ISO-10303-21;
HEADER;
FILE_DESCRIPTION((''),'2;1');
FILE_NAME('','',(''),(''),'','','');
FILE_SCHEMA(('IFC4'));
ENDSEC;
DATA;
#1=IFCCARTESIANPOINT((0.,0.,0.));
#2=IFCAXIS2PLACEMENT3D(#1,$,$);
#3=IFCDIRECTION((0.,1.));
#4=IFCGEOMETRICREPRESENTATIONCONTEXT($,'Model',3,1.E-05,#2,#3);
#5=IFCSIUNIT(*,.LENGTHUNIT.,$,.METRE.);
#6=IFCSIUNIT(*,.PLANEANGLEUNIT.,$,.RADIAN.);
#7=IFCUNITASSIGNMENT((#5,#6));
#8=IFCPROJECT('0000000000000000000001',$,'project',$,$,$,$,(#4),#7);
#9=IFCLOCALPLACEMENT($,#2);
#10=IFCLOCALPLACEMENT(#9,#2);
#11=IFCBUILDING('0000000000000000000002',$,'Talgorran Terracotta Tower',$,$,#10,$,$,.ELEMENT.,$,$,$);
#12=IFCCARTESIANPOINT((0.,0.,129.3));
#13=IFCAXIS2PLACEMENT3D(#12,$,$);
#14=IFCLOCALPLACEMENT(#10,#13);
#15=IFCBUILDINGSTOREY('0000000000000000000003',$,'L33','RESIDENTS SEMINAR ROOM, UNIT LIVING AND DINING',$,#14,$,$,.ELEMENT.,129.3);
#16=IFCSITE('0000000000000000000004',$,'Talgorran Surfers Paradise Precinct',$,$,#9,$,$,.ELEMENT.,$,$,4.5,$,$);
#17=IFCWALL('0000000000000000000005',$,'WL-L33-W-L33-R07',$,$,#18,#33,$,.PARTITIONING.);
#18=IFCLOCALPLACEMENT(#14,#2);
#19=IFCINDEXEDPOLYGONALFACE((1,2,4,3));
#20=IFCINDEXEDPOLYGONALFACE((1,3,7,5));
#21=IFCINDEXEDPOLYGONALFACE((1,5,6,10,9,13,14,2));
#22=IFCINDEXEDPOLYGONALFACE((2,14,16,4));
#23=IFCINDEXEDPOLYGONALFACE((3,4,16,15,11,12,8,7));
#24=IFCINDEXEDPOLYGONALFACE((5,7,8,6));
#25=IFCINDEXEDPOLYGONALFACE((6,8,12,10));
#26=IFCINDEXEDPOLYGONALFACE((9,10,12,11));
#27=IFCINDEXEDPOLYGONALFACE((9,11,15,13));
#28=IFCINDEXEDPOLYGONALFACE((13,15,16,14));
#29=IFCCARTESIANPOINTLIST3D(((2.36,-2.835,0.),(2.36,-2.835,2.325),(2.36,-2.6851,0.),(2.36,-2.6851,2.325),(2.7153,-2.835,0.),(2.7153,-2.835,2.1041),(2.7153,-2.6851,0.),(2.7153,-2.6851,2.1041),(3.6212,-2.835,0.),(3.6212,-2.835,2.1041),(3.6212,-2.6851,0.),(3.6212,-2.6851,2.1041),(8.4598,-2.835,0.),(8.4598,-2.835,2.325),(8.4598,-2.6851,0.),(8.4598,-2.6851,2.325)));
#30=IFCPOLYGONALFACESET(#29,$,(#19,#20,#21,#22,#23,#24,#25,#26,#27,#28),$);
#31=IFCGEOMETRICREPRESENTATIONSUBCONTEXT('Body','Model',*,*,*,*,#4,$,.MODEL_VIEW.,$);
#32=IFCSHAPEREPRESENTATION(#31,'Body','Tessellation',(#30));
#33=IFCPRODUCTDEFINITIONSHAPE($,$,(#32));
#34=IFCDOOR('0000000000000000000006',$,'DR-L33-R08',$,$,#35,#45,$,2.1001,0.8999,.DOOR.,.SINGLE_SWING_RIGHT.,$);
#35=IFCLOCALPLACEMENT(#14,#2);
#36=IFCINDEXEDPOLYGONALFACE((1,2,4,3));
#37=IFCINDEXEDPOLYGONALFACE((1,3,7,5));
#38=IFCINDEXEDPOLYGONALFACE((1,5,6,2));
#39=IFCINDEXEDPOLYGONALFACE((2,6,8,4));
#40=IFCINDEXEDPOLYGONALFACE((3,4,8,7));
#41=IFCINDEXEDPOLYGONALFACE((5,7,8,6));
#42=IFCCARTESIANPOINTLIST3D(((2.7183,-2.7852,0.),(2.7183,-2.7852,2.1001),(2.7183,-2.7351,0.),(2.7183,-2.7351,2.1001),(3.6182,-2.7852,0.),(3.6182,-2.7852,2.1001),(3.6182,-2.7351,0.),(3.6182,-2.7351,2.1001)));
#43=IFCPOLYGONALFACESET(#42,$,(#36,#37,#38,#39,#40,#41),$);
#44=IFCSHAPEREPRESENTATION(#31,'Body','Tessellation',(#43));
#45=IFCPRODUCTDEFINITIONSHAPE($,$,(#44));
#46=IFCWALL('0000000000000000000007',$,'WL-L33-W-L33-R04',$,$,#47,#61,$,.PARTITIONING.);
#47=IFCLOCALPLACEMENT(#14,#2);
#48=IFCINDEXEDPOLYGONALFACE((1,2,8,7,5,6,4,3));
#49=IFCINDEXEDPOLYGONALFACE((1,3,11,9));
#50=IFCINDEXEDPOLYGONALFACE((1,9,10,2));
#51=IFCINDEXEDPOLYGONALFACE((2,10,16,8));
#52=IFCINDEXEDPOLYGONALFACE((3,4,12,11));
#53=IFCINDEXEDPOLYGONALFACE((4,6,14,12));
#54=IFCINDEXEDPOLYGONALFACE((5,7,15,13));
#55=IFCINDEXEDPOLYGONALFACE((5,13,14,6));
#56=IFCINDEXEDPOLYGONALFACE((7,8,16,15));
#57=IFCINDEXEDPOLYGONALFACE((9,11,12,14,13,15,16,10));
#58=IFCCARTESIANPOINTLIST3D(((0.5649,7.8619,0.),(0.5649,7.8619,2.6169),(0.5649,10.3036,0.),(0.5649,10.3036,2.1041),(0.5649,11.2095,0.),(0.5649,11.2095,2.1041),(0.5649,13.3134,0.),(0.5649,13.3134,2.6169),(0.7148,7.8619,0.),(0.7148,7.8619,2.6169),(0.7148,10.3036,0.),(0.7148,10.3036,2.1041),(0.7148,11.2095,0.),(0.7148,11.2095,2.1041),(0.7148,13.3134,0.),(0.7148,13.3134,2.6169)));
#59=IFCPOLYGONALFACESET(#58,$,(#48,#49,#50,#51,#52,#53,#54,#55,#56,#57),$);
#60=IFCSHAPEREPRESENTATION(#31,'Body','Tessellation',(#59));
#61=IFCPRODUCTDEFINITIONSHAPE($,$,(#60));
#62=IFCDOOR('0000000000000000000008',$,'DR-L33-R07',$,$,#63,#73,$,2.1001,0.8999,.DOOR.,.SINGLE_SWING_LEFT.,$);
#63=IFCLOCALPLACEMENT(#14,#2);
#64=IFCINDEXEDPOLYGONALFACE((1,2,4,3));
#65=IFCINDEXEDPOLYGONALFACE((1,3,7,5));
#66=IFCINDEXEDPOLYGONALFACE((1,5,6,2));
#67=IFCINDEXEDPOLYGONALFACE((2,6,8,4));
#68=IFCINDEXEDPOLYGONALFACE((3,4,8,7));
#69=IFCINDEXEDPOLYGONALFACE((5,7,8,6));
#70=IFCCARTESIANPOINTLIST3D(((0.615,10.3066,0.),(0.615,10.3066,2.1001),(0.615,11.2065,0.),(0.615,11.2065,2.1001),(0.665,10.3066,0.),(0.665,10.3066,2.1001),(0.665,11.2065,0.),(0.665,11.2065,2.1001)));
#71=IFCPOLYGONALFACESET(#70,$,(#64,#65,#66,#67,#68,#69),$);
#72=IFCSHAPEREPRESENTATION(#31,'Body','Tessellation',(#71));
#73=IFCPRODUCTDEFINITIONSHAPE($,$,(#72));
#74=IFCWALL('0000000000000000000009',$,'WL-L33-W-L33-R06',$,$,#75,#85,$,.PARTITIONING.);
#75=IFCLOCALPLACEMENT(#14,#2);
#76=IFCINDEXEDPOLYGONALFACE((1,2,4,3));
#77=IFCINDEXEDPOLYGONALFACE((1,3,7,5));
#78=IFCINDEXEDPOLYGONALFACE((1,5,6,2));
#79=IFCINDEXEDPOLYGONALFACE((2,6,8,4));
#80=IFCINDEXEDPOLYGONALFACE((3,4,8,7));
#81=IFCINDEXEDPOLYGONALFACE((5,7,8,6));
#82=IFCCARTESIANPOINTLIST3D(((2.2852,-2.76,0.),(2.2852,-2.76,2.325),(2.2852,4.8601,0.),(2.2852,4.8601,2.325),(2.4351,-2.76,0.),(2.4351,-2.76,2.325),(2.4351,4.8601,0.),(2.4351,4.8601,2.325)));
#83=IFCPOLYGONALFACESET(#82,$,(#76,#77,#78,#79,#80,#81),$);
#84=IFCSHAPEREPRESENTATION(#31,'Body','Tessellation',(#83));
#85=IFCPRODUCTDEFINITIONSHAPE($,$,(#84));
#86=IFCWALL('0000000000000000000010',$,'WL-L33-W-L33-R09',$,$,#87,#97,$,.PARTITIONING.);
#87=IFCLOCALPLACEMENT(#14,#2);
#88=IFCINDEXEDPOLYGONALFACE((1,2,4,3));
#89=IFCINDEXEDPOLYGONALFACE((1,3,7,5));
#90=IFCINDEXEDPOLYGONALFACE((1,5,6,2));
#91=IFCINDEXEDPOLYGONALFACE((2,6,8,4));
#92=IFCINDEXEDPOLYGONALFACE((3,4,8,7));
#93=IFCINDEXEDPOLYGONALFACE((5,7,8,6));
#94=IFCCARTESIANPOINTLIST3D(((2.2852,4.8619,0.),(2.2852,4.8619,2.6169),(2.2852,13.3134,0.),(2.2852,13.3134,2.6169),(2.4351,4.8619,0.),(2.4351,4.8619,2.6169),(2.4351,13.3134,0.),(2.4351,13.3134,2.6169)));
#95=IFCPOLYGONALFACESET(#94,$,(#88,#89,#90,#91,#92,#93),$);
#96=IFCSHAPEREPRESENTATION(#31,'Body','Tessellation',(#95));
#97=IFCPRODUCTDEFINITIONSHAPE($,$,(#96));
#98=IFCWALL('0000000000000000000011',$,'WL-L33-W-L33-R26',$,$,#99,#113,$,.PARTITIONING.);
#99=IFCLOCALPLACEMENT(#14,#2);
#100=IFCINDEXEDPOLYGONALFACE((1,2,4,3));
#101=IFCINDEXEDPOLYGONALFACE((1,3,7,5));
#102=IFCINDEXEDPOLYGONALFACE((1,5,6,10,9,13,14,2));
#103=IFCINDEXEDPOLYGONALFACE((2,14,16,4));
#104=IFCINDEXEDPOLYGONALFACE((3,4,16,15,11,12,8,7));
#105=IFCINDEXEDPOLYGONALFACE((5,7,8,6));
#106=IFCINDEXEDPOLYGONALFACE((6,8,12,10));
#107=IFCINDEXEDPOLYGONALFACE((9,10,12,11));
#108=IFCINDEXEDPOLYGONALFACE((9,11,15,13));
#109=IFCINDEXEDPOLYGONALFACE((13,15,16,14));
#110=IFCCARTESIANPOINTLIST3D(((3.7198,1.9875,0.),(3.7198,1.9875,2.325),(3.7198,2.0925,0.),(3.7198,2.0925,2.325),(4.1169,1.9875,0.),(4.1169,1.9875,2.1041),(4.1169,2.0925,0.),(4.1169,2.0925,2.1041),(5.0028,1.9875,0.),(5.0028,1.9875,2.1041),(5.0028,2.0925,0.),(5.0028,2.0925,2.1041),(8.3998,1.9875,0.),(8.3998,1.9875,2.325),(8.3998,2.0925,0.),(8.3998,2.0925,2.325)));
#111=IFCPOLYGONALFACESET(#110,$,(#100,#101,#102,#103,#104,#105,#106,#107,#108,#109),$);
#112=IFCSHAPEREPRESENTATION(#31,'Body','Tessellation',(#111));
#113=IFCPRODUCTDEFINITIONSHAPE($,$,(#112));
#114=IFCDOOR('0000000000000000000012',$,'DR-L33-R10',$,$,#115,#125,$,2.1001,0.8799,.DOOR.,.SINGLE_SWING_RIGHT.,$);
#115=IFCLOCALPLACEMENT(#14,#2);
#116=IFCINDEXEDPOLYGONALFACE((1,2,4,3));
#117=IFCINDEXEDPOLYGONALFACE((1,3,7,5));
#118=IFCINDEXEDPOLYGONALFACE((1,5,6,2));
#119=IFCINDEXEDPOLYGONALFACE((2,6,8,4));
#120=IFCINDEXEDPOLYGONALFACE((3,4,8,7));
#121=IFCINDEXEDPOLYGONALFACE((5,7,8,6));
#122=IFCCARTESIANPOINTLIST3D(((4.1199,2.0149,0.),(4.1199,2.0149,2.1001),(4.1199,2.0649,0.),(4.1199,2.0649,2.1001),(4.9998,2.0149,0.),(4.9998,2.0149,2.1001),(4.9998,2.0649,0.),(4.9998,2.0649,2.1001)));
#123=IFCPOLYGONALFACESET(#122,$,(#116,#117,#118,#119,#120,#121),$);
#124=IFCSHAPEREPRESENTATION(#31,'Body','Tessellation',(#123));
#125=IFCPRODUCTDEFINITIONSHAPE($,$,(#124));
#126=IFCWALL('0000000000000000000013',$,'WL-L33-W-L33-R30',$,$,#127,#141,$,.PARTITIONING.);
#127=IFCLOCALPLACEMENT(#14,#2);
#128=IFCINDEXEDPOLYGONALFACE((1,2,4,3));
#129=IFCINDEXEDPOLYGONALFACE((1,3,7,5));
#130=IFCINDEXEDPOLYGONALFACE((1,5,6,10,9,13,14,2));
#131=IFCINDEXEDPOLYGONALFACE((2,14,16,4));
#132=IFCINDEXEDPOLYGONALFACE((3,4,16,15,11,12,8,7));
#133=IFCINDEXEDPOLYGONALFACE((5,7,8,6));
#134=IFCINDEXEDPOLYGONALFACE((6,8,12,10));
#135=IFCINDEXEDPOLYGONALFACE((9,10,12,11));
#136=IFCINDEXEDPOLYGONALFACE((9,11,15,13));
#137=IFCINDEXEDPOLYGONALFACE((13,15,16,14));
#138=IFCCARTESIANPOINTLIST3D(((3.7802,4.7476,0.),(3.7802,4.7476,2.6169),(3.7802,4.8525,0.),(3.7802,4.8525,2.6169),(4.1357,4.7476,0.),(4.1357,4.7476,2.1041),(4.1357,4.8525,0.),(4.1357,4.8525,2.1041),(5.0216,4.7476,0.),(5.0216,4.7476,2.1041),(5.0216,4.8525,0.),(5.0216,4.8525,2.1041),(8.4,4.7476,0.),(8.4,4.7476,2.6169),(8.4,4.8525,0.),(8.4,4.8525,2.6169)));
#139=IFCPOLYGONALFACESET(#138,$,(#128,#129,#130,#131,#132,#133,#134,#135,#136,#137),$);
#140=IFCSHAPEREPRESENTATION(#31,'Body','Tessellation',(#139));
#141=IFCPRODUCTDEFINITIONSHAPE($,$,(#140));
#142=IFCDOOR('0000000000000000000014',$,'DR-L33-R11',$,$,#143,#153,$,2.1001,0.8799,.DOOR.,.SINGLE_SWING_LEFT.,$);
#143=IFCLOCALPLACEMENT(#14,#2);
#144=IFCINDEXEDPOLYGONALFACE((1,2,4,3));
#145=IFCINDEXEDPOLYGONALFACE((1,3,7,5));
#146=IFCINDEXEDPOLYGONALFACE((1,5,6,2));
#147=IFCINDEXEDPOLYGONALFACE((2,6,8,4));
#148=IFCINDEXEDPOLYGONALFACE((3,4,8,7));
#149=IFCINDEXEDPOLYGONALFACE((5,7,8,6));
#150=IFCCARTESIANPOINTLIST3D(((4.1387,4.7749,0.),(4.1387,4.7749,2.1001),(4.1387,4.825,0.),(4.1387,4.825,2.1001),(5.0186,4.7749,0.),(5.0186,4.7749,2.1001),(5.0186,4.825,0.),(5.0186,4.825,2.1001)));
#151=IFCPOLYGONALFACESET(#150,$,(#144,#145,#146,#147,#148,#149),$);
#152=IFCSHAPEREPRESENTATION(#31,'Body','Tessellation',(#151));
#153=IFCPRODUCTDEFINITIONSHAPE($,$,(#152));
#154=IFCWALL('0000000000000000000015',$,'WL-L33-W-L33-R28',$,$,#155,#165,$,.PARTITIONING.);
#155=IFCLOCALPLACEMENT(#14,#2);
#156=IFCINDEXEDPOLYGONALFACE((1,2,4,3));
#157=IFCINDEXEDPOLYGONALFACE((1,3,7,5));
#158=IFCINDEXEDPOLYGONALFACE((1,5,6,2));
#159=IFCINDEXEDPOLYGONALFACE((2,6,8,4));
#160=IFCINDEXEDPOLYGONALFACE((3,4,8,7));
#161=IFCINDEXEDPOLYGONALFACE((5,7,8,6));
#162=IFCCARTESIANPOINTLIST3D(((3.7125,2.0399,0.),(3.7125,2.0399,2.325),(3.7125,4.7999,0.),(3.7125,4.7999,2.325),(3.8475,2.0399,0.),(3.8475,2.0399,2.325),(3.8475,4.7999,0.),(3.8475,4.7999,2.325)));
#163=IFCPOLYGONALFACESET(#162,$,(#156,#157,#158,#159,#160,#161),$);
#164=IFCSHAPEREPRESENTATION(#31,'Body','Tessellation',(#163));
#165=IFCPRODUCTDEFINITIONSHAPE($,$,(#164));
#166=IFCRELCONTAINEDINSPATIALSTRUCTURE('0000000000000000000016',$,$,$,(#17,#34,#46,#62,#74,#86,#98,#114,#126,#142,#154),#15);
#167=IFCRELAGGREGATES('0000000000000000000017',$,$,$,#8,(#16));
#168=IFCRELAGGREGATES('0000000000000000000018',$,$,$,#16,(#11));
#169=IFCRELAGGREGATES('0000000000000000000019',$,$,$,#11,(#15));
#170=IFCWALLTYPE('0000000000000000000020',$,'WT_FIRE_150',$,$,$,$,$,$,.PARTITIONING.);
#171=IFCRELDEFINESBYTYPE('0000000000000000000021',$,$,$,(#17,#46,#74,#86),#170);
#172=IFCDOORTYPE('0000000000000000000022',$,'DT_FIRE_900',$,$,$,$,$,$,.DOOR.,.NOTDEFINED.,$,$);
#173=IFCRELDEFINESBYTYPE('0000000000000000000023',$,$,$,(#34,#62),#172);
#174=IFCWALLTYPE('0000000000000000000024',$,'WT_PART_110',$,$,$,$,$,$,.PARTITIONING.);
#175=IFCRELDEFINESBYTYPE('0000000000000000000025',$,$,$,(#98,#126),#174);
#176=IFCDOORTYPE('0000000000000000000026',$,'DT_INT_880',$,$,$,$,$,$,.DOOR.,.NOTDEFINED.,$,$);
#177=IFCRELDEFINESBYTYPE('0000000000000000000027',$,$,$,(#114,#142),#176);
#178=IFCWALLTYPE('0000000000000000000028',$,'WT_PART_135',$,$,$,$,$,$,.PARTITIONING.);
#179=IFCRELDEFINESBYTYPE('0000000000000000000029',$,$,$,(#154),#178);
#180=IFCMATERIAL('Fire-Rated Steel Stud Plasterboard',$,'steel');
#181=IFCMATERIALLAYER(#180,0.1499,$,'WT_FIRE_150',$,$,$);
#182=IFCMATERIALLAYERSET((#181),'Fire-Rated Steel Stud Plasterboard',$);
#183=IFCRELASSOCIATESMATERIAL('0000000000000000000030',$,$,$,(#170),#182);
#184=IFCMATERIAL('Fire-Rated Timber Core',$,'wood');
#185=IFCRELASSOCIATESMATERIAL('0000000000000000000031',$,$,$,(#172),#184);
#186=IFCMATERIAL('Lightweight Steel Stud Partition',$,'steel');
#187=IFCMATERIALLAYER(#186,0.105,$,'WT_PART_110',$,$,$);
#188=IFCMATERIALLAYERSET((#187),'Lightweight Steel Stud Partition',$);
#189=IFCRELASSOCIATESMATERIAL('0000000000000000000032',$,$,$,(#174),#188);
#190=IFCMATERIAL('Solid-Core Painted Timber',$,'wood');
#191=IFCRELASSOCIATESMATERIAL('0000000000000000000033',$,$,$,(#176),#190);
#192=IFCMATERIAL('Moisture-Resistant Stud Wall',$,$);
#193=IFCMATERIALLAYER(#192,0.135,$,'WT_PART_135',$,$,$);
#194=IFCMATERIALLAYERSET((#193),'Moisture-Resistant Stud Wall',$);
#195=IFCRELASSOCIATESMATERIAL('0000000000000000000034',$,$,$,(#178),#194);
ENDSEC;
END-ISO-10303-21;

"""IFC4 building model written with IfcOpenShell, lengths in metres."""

from ifc_helpers import new_model, si_unit, direction, frame, frame_2d, origin, place, context, subcontext, project, spatial, rectangle, extrude, material, layer, layer_set, type_object, element, fill, save


model = new_model("IFC4")

# Units and contexts
model_context = context("Model", 3, precision=1e-05, world=origin(), true_north=direction((0.0, 1.0)))
body_context = subcontext(model_context, "Body", "Model", "MODEL_VIEW")
ifc_project = project(units=[si_unit("LENGTHUNIT", "METRE"), si_unit("PLANEANGLEUNIT", "RADIAN")], contexts=[model_context])

# Site, building, storey
site_placement = place(None, origin())
site = spatial("IfcSite", under=ifc_project, at=site_placement, Name="Talgorran Surfers Paradise Precinct", CompositionType="ELEMENT", RefElevation=4.5)
building_placement = place(site_placement, origin())
building = spatial("IfcBuilding", under=site, at=building_placement, Name="Talgorran Terracotta Tower", CompositionType="ELEMENT")
storey_placement = place(building_placement, frame((0.0, 0.0, 129.3)))
storey = spatial("IfcBuildingStorey", under=building, at=storey_placement, Name="L33", Description="RESIDENTS SEMINAR ROOM, UNIT LIVING AND DINING", CompositionType="ELEMENT", Elevation=129.3)

# Shared definitions
ifc_material_1 = material(Name="Fire-Rated Steel Stud Plasterboard", Category="steel")
ifc_layer_1 = layer(ifc_material_1, 0.1499, Name="WT_FIRE_150")
ifc_layer_set_1 = layer_set([ifc_layer_1], Name="Fire-Rated Steel Stud Plasterboard")
wall_type_1 = type_object("IfcWallType", Name="WT_FIRE_150", PredefinedType="PARTITIONING", material=ifc_layer_set_1)

# Walls, openings, doors
wall_1_placement = place(storey_placement, frame((2.3601, -2.76, 0.0), z_axis=(0.0, 0.0, 1.0), x_axis=(1.0, 0.0, 0.0)))
wall_1 = element("IfcWall", 1, at=wall_1_placement, inside=storey, type_object=wall_type_1, Name="WL-L33-W-L33-R07", PredefinedType="PARTITIONING", context=body_context, shape_type="SweptSolid", body=[
    extrude(rectangle(XDim=6.0999, YDim=0.1499, at=frame_2d((3.0498, 0.0))), origin(), (0.0, 0.0, 1.0), 2.325),
])
opening_1_placement = place(wall_1_placement, frame((0.3582, 0.0, 0.0)))
opening_1 = element("IfcOpeningElement", 2, at=opening_1_placement, cuts=wall_1, PredefinedType="OPENING", context=body_context, shape_type="SweptSolid", body=[
    extrude(rectangle(XDim=0.9059, YDim=2.1041, at=frame_2d((0.45, 1.052))), frame((0.0, 0.085, 0.0), z_axis=(0.0, -1.0, 0.0), x_axis=(1.0, 0.0, 0.0)), (0.0, 0.0, 1.0), 0.1699),
])
ifc_material_2 = material(Name="Fire-Rated Timber Core", Category="wood")
door_type_1 = type_object("IfcDoorType", Name="DT_FIRE_900", OperationType="NOTDEFINED", PredefinedType="DOOR", material=ifc_material_2)
door_1_placement = place(opening_1_placement, origin())
door_1 = element("IfcDoor", 3, at=door_1_placement, inside=storey, type_object=door_type_1, Name="DR-L33-R08", OperationType="SINGLE_SWING_RIGHT", OverallHeight=2.1001, OverallWidth=0.8999, PredefinedType="DOOR", context=body_context, shape_type="SweptSolid", body=[
    extrude(rectangle(XDim=0.8999, YDim=2.1001, at=frame_2d((0.45, 1.05))), frame((0.0, 0.0249, 0.0), z_axis=(0.0, -1.0, 0.0), x_axis=(1.0, 0.0, 0.0)), (0.0, 0.0, 1.0), 0.05),
])
fill(opening_1, door_1)
wall_2_placement = place(storey_placement, frame((0.6399, 7.8621, 0.0), z_axis=(0.0, 0.0, 1.0), x_axis=(0.0, 1.0, 0.0)))
wall_2 = element("IfcWall", 4, at=wall_2_placement, inside=storey, type_object=wall_type_1, Name="WL-L33-W-L33-R04", PredefinedType="PARTITIONING", context=body_context, shape_type="SweptSolid", body=[
    extrude(rectangle(XDim=5.4514, YDim=0.1499, at=frame_2d((2.7256, 0.0))), origin(), (0.0, 0.0, 1.0), 2.6169),
])
opening_2_placement = place(wall_2_placement, frame((2.4446, 0.0, 0.0)))
opening_2 = element("IfcOpeningElement", 5, at=opening_2_placement, cuts=wall_2, PredefinedType="OPENING", context=body_context, shape_type="SweptSolid", body=[
    extrude(rectangle(XDim=0.9059, YDim=2.1041, at=frame_2d((0.45, 1.052))), frame((0.0, 0.085, 0.0), z_axis=(0.0, -1.0, 0.0), x_axis=(1.0, 0.0, 0.0)), (0.0, 0.0, 1.0), 0.1699),
])
door_2_placement = place(opening_2_placement, origin())
door_2 = element("IfcDoor", 6, at=door_2_placement, inside=storey, type_object=door_type_1, Name="DR-L33-R07", OperationType="SINGLE_SWING_LEFT", OverallHeight=2.1001, OverallWidth=0.8999, PredefinedType="DOOR", context=body_context, shape_type="SweptSolid", body=[
    extrude(rectangle(XDim=0.8999, YDim=2.1001, at=frame_2d((0.45, 1.05))), frame((0.0, 0.0249, 0.0), z_axis=(0.0, -1.0, 0.0), x_axis=(1.0, 0.0, 0.0)), (0.0, 0.0, 1.0), 0.05),
])
fill(opening_2, door_2)

# Walls
wall_3_placement = place(storey_placement, frame((2.3601, -2.76, 0.0), z_axis=(0.0, 0.0, 1.0), x_axis=(0.0, 1.0, 0.0)))
element("IfcWall", 7, at=wall_3_placement, inside=storey, type_object=wall_type_1, Name="WL-L33-W-L33-R06", PredefinedType="PARTITIONING", context=body_context, shape_type="SweptSolid", body=[
    extrude(rectangle(XDim=7.6201, YDim=0.1499, at=frame_2d((3.8101, 0.0))), origin(), (0.0, 0.0, 1.0), 2.325),
])
wall_4_placement = place(storey_placement, frame((2.3601, 4.8621, 0.0), z_axis=(0.0, 0.0, 1.0), x_axis=(0.0, 1.0, 0.0)))
element("IfcWall", 8, at=wall_4_placement, inside=storey, type_object=wall_type_1, Name="WL-L33-W-L33-R09", PredefinedType="PARTITIONING", context=body_context, shape_type="SweptSolid", body=[
    extrude(rectangle(XDim=8.4514, YDim=0.1499, at=frame_2d((4.2256, 0.0))), origin(), (0.0, 0.0, 1.0), 2.6169),
])

# Walls, openings, doors
ifc_material_3 = material(Name="Lightweight Steel Stud Partition", Category="steel")
ifc_layer_2 = layer(ifc_material_3, 0.105, Name="WT_PART_110")
ifc_layer_set_2 = layer_set([ifc_layer_2], Name="Lightweight Steel Stud Partition")
wall_type_2 = type_object("IfcWallType", Name="WT_PART_110", PredefinedType="PARTITIONING", material=ifc_layer_set_2)
wall_5_placement = place(storey_placement, frame((3.72, 2.04, 0.0), z_axis=(0.0, 0.0, 1.0), x_axis=(1.0, 0.0, 0.0)))
wall_5 = element("IfcWall", 9, at=wall_5_placement, inside=storey, type_object=wall_type_2, Name="WL-L33-W-L33-R26", PredefinedType="PARTITIONING", context=body_context, shape_type="SweptSolid", body=[
    extrude(rectangle(XDim=4.6799, YDim=0.105, at=frame_2d((2.3398, 0.0))), origin(), (0.0, 0.0, 1.0), 2.325),
])
opening_3_placement = place(wall_5_placement, frame((0.3999, 0.0, 0.0)))
opening_3 = element("IfcOpeningElement", 10, at=opening_3_placement, cuts=wall_5, PredefinedType="OPENING", context=body_context, shape_type="SweptSolid", body=[
    extrude(rectangle(XDim=0.8859, YDim=2.1041, at=frame_2d((0.4399, 1.052))), frame((0.0, 0.0625, 0.0), z_axis=(0.0, -1.0, 0.0), x_axis=(1.0, 0.0, 0.0)), (0.0, 0.0, 1.0), 0.125),
])
ifc_material_4 = material(Name="Solid-Core Painted Timber", Category="wood")
door_type_2 = type_object("IfcDoorType", Name="DT_INT_880", OperationType="NOTDEFINED", PredefinedType="DOOR", material=ifc_material_4)
door_3_placement = place(opening_3_placement, origin())
door_3 = element("IfcDoor", 11, at=door_3_placement, inside=storey, type_object=door_type_2, Name="DR-L33-R10", OperationType="SINGLE_SWING_RIGHT", OverallHeight=2.1001, OverallWidth=0.8799, PredefinedType="DOOR", context=body_context, shape_type="SweptSolid", body=[
    extrude(rectangle(XDim=0.8799, YDim=2.1001, at=frame_2d((0.4399, 1.05))), frame((0.0, 0.0249, 0.0), z_axis=(0.0, -1.0, 0.0), x_axis=(1.0, 0.0, 0.0)), (0.0, 0.0, 1.0), 0.05),
])
fill(opening_3, door_3)
wall_6_placement = place(storey_placement, frame((3.78, 4.8, 0.0), z_axis=(0.0, 0.0, 1.0), x_axis=(1.0, 0.0, 0.0)))
wall_6 = element("IfcWall", 12, at=wall_6_placement, inside=storey, type_object=wall_type_2, Name="WL-L33-W-L33-R30", PredefinedType="PARTITIONING", context=body_context, shape_type="SweptSolid", body=[
    extrude(rectangle(XDim=4.6199, YDim=0.105, at=frame_2d((2.3101, 0.0))), origin(), (0.0, 0.0, 1.0), 2.6169),
])
opening_4_placement = place(wall_6_placement, frame((0.3586, 0.0, 0.0)))
opening_4 = element("IfcOpeningElement", 13, at=opening_4_placement, cuts=wall_6, PredefinedType="OPENING", context=body_context, shape_type="SweptSolid", body=[
    extrude(rectangle(XDim=0.8859, YDim=2.1041, at=frame_2d((0.4399, 1.052))), frame((0.0, 0.0625, 0.0), z_axis=(0.0, -1.0, 0.0), x_axis=(1.0, 0.0, 0.0)), (0.0, 0.0, 1.0), 0.125),
])
door_4_placement = place(opening_4_placement, origin())
door_4 = element("IfcDoor", 14, at=door_4_placement, inside=storey, type_object=door_type_2, Name="DR-L33-R11", OperationType="SINGLE_SWING_LEFT", OverallHeight=2.1001, OverallWidth=0.8799, PredefinedType="DOOR", context=body_context, shape_type="SweptSolid", body=[
    extrude(rectangle(XDim=0.8799, YDim=2.1001, at=frame_2d((0.4399, 1.05))), frame((0.0, 0.0249, 0.0), z_axis=(0.0, -1.0, 0.0), x_axis=(1.0, 0.0, 0.0)), (0.0, 0.0, 1.0), 0.05),
])
fill(opening_4, door_4)

# Wall
ifc_material_5 = material(Name="Moisture-Resistant Stud Wall")
ifc_layer_3 = layer(ifc_material_5, 0.135, Name="WT_PART_135")
ifc_layer_set_3 = layer_set([ifc_layer_3], Name="Moisture-Resistant Stud Wall")
wall_type_3 = type_object("IfcWallType", Name="WT_PART_135", PredefinedType="PARTITIONING", material=ifc_layer_set_3)
wall_7_placement = place(storey_placement, frame((3.78, 2.04, 0.0), z_axis=(0.0, 0.0, 1.0), x_axis=(0.0, 1.0, 0.0)))
element("IfcWall", 15, at=wall_7_placement, inside=storey, type_object=wall_type_3, Name="WL-L33-W-L33-R28", PredefinedType="PARTITIONING", context=body_context, shape_type="SweptSolid", body=[
    extrude(rectangle(XDim=2.76, YDim=0.135, at=frame_2d((1.3799, 0.0))), origin(), (0.0, 0.0, 1.0), 2.325),
])

save(model, "model.ifc")
